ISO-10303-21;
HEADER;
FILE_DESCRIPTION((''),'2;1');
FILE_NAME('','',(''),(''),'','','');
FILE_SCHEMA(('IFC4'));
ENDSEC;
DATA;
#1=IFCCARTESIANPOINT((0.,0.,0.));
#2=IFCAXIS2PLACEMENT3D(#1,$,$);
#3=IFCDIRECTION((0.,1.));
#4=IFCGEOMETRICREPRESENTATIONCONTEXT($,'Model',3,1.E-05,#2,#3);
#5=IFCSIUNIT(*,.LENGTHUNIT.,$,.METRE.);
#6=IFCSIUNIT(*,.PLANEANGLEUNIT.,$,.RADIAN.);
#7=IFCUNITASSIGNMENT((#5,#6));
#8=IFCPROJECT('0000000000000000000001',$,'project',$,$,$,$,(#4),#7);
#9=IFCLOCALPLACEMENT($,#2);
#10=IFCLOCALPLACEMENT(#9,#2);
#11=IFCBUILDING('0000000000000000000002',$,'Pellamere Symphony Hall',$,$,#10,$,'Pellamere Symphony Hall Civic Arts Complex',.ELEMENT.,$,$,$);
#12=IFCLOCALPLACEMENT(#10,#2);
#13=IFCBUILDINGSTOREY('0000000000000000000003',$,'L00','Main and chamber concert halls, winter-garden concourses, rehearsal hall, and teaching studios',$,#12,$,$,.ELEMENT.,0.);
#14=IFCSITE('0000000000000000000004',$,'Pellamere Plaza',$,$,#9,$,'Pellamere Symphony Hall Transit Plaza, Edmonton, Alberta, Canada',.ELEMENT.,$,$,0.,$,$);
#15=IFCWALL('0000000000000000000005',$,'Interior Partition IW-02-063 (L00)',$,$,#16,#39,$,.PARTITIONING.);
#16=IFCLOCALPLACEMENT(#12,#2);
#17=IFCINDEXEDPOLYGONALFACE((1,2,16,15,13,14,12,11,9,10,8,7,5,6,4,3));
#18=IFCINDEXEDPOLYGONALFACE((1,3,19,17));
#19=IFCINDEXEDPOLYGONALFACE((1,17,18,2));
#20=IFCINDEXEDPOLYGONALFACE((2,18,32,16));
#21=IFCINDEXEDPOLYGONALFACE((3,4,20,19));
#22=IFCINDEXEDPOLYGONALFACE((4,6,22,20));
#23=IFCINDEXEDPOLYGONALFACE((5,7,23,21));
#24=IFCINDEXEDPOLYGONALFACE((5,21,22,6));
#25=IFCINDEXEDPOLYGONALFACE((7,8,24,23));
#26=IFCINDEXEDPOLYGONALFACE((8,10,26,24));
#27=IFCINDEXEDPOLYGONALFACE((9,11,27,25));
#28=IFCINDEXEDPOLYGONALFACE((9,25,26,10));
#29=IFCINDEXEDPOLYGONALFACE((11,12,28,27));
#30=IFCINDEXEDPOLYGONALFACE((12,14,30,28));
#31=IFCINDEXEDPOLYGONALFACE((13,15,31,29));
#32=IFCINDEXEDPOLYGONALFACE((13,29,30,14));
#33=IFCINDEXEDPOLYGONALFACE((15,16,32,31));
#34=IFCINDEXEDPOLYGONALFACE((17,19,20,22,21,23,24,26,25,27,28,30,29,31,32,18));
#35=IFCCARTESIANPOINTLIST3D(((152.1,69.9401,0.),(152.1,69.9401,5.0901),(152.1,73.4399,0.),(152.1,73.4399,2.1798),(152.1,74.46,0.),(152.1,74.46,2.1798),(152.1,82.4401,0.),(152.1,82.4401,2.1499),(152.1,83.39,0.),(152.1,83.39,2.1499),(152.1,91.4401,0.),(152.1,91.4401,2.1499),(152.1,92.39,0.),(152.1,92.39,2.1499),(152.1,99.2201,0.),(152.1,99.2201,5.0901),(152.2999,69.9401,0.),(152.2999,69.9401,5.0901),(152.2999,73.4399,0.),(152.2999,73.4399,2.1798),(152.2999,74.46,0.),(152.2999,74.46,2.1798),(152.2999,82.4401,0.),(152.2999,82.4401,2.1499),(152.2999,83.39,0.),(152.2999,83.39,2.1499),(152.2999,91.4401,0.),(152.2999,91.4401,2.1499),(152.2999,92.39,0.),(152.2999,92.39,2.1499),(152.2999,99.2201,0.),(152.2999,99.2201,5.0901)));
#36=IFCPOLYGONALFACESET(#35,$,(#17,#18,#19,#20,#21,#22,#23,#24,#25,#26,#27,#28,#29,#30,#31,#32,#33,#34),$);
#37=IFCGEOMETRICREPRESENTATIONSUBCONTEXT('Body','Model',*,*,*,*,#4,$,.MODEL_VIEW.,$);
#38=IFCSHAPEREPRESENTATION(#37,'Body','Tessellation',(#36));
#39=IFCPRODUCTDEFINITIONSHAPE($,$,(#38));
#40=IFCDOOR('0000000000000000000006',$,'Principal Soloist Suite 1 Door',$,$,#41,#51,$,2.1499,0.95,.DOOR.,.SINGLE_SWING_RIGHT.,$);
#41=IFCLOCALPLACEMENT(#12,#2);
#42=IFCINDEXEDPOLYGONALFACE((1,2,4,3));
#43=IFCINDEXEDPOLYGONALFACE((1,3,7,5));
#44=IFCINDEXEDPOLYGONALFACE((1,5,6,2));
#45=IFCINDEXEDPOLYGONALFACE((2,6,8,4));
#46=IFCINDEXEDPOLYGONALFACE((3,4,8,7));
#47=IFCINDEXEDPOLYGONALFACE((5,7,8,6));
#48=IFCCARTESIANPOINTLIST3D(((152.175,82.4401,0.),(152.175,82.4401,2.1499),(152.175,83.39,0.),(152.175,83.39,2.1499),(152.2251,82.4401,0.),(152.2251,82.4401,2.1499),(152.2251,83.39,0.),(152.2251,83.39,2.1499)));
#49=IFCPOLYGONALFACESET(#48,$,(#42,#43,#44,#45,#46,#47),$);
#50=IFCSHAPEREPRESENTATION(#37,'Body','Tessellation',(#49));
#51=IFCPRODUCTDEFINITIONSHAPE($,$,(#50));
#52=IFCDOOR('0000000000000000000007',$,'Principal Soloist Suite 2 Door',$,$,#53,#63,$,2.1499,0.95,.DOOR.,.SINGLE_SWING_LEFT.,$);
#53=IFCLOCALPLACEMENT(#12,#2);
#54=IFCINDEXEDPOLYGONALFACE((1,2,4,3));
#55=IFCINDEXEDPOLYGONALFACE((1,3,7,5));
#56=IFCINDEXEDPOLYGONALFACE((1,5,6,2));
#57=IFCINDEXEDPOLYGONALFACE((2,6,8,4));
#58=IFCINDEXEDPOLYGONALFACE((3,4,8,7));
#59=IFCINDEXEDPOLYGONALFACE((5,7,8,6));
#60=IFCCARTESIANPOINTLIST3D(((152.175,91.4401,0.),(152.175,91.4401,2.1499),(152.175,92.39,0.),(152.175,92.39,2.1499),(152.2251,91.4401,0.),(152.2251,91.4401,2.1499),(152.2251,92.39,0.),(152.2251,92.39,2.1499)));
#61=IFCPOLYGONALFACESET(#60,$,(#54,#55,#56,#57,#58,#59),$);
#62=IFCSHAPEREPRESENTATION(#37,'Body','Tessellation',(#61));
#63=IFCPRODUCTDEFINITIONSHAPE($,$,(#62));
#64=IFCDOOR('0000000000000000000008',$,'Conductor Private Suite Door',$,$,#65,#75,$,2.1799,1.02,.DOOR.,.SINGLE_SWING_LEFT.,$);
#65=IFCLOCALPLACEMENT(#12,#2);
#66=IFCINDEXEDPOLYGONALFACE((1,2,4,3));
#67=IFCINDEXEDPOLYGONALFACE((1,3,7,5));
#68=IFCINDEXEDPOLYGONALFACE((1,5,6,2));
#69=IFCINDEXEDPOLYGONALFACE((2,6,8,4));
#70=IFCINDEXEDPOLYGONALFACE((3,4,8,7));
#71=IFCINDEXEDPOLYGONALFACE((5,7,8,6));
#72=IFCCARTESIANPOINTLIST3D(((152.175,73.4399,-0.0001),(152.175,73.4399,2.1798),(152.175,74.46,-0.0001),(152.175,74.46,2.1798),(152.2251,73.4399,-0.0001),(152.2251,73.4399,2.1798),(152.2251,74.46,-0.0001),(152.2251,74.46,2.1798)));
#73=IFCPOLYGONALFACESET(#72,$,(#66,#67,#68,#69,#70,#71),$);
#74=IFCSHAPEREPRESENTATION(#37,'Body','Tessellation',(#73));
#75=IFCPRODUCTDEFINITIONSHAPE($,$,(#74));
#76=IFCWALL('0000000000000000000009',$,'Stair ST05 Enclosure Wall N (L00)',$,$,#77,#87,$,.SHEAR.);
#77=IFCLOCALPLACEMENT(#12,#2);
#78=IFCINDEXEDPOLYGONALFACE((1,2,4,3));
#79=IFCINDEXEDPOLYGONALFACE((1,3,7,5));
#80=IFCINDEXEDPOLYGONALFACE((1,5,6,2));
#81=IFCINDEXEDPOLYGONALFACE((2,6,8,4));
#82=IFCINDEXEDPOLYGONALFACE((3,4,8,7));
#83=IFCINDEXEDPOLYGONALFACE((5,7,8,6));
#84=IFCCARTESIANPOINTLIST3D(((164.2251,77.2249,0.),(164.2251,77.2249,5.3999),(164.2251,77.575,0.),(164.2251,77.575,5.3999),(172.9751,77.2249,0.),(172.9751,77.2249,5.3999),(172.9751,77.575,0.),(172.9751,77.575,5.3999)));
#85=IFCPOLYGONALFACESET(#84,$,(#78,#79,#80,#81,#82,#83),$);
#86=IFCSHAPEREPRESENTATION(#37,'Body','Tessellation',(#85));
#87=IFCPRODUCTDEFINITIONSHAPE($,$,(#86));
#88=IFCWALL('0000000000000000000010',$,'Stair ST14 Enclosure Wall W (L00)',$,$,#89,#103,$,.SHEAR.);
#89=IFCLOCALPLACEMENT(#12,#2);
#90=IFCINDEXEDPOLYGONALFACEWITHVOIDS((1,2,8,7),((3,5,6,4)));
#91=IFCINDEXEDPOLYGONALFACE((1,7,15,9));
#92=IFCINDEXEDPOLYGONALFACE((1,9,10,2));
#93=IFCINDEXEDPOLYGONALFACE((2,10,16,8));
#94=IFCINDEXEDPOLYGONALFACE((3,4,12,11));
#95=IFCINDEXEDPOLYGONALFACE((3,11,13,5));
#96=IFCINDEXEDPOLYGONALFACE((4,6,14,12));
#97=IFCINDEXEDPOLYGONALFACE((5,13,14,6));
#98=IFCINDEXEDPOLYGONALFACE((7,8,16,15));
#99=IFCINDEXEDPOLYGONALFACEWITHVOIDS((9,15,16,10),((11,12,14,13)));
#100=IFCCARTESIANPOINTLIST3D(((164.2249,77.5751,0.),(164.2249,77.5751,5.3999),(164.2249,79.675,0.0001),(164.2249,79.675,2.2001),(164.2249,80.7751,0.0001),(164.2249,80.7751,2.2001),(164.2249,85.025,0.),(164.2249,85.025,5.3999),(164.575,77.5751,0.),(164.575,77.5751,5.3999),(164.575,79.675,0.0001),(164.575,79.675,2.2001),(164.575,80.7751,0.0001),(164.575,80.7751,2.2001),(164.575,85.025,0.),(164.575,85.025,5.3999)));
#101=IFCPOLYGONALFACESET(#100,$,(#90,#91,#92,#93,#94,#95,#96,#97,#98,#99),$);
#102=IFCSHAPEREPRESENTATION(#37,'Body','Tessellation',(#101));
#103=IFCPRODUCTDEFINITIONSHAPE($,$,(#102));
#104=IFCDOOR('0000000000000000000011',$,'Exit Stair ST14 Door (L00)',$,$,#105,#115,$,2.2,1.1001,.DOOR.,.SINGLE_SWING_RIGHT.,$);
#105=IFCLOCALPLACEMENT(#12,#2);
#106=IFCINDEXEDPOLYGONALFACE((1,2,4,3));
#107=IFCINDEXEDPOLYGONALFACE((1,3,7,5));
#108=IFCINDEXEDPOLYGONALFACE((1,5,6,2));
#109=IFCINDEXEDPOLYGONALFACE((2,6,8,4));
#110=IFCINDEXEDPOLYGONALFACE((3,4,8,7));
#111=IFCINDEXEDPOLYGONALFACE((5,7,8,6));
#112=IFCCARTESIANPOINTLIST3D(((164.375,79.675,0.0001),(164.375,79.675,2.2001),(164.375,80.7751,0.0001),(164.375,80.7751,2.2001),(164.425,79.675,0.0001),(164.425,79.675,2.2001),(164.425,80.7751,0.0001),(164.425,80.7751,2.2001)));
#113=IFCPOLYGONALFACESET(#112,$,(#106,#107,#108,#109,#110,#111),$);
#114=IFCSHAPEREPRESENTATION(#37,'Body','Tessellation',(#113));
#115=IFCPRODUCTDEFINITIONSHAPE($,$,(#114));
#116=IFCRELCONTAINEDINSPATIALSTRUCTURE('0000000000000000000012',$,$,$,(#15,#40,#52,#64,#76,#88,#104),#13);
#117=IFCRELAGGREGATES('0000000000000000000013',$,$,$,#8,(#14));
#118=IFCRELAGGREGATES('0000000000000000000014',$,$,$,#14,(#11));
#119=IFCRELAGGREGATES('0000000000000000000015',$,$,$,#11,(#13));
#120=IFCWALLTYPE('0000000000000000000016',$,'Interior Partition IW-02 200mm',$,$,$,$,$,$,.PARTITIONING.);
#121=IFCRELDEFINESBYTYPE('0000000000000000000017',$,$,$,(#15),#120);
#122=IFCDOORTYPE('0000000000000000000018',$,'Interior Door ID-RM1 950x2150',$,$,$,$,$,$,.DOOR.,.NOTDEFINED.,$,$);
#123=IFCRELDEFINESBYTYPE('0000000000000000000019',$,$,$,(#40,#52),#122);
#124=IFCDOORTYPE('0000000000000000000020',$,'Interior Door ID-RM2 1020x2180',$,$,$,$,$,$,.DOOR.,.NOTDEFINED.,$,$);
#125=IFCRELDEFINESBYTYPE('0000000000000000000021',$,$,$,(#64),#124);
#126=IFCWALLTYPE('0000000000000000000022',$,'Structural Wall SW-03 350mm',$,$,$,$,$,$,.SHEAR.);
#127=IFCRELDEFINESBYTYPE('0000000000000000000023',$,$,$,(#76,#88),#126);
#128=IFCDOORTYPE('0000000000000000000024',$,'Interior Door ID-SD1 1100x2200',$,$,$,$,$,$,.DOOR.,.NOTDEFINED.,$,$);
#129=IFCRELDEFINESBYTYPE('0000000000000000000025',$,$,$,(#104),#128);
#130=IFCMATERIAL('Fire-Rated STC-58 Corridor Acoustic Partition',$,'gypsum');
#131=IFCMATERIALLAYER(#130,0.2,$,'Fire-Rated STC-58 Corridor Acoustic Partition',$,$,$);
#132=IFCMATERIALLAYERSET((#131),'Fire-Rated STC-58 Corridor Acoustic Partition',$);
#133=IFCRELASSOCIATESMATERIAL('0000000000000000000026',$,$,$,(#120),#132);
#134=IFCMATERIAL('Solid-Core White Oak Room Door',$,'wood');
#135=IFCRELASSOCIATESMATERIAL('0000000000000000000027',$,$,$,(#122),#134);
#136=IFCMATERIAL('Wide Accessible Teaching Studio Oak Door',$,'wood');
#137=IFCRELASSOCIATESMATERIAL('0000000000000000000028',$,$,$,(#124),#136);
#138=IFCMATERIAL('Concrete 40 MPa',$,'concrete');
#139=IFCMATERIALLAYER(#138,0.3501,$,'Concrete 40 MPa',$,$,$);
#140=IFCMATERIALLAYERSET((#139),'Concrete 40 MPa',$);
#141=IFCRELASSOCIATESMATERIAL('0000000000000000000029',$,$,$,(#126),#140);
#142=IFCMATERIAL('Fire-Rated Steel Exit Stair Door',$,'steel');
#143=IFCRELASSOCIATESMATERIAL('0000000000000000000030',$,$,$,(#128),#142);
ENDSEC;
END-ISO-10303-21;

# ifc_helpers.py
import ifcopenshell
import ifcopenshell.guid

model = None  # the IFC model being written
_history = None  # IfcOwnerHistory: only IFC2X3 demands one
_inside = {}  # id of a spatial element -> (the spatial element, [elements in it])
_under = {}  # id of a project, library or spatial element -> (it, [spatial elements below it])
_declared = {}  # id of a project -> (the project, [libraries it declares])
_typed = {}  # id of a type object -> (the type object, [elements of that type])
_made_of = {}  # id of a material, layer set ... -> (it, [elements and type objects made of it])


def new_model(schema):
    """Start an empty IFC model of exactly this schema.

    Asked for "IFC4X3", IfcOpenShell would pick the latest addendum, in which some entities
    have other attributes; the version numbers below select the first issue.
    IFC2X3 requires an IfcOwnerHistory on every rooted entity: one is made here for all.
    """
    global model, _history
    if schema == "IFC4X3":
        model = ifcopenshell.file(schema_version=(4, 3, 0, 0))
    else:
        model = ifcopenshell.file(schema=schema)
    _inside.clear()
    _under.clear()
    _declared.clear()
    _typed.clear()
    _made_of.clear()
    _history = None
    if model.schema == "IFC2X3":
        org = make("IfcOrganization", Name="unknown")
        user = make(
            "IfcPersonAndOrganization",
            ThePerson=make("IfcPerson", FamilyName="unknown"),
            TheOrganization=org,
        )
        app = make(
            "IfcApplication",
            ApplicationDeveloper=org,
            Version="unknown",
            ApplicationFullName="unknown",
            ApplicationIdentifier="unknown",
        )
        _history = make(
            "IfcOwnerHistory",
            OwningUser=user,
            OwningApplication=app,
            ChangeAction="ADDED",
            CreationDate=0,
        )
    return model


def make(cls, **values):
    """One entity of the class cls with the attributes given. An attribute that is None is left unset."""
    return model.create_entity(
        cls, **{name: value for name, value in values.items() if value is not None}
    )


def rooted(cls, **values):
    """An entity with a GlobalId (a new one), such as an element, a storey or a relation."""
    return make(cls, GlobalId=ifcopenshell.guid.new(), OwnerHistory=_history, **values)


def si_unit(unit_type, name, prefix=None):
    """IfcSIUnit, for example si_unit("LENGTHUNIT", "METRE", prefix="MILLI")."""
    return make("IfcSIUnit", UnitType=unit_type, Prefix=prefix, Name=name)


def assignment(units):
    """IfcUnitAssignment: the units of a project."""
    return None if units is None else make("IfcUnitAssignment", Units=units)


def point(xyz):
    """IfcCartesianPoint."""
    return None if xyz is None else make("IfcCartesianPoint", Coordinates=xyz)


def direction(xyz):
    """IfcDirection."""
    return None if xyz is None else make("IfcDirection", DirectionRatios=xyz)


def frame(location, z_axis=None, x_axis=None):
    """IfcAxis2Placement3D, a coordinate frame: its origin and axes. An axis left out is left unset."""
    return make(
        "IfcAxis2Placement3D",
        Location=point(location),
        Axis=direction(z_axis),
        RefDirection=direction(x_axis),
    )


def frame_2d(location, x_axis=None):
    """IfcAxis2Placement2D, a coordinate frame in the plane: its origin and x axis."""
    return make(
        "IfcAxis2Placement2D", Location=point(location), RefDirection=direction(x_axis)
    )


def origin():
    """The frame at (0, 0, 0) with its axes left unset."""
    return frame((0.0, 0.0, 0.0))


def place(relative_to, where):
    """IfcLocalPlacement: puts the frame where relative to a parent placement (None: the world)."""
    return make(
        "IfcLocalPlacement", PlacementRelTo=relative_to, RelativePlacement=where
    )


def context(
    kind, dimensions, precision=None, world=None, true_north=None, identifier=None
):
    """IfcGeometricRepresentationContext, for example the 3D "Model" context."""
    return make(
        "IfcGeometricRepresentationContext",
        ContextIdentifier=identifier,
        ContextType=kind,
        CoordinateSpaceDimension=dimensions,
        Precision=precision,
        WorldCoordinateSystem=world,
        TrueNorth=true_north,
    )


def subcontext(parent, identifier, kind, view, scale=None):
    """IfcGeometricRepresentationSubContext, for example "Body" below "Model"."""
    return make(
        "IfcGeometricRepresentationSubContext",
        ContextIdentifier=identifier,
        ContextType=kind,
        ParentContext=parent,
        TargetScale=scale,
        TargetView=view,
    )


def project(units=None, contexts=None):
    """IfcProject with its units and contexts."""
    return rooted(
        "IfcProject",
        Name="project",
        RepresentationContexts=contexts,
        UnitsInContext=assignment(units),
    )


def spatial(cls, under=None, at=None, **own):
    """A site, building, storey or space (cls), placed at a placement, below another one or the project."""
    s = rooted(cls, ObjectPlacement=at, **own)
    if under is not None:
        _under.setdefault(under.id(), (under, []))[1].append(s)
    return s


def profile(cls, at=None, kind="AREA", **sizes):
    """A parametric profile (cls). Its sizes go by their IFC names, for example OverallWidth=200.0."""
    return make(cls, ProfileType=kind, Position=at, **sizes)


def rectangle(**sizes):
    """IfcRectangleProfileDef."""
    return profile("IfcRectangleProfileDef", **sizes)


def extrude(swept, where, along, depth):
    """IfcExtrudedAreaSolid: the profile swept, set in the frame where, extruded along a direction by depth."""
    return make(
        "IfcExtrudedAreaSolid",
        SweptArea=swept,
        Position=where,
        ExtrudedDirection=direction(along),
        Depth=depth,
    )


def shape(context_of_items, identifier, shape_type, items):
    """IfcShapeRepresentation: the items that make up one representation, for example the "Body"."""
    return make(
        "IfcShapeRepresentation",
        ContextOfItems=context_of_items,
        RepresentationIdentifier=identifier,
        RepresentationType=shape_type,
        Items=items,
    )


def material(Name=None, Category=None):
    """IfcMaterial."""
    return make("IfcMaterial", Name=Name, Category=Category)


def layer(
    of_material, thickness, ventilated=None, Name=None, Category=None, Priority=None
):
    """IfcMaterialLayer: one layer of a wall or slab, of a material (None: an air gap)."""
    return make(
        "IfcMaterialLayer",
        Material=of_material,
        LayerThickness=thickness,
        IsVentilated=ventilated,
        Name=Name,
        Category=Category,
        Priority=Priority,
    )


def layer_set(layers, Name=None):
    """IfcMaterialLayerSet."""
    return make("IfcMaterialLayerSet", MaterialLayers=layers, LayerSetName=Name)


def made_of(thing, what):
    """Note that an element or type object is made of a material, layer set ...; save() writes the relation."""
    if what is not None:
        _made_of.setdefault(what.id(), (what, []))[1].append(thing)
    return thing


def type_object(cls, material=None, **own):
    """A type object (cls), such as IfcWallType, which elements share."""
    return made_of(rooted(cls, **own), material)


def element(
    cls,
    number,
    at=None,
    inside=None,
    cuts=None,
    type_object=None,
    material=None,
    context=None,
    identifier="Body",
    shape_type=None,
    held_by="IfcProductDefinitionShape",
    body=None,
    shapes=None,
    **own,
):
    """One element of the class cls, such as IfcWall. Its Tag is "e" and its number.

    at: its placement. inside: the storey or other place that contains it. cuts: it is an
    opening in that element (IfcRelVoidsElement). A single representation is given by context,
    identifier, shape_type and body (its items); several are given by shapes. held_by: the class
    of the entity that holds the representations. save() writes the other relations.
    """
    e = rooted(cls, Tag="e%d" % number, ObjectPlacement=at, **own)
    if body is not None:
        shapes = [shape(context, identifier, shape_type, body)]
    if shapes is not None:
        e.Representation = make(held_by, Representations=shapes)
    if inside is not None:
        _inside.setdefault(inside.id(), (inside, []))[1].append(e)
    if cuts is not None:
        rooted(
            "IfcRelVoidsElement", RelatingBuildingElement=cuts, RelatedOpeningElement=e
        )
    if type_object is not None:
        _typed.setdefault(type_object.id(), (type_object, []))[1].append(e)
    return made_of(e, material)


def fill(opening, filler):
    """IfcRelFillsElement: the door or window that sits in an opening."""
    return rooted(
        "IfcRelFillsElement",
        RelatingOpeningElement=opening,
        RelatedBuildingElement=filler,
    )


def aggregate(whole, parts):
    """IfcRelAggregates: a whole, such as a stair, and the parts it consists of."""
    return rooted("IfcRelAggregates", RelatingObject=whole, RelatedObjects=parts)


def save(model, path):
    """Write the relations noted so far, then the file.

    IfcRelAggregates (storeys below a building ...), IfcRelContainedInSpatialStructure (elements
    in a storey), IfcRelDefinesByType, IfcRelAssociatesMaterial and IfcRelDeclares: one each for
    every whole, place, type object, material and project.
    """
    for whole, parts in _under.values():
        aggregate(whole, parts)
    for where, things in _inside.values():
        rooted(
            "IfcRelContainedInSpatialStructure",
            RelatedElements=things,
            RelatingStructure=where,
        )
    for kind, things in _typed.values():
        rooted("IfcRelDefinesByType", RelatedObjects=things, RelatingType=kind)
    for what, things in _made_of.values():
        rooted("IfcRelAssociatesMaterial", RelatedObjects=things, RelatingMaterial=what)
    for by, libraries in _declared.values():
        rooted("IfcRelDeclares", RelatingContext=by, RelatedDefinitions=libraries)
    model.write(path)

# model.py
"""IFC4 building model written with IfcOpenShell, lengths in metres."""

from ifc_helpers import new_model, si_unit, direction, frame, frame_2d, origin, place, context, subcontext, project, spatial, rectangle, extrude, material, layer, layer_set, type_object, element, fill, save


model = new_model("IFC4")

# Units and contexts
model_context = context("Model", 3, precision=1e-05, world=origin(), true_north=direction((0.0, 1.0)))
body_context = subcontext(model_context, "Body", "Model", "MODEL_VIEW")
ifc_project = project(units=[si_unit("LENGTHUNIT", "METRE"), si_unit("PLANEANGLEUNIT", "RADIAN")], contexts=[model_context])

# Site, building, storey
site_placement = place(None, origin())
site = spatial("IfcSite", under=ifc_project, at=site_placement, Name="Pellamere Plaza", LongName="Pellamere Symphony Hall Transit Plaza, Edmonton, Alberta, Canada", CompositionType="ELEMENT", RefElevation=0.0)
building_placement = place(site_placement, origin())
building = spatial("IfcBuilding", under=site, at=building_placement, Name="Pellamere Symphony Hall", LongName="Pellamere Symphony Hall Civic Arts Complex", CompositionType="ELEMENT")
storey_placement = place(building_placement, origin())
storey = spatial("IfcBuildingStorey", under=building, at=storey_placement, Name="L00", Description="Main and chamber concert halls, winter-garden concourses, rehearsal hall, and teaching studios", CompositionType="ELEMENT", Elevation=0.0)

# Shared definitions
ifc_material_1 = material(Name="Concrete 40 MPa", Category="concrete")

# Wall, openings, doors
ifc_material_2 = material(Name="Fire-Rated STC-58 Corridor Acoustic Partition", Category="gypsum")
ifc_layer_1 = layer(ifc_material_2, 0.2, Name="Fire-Rated STC-58 Corridor Acoustic Partition")
ifc_layer_set_1 = layer_set([ifc_layer_1], Name="Fire-Rated STC-58 Corridor Acoustic Partition")
wall_type_1 = type_object("IfcWallType", Name="Interior Partition IW-02 200mm", PredefinedType="PARTITIONING", material=ifc_layer_set_1)
wall_1_placement = place(storey_placement, frame((152.2, 69.9399, 0.0), z_axis=(0.0, 0.0, 1.0), x_axis=(0.0, 1.0, 0.0)))
wall_1 = element("IfcWall", 1, at=wall_1_placement, inside=storey, type_object=wall_type_1, Name="Interior Partition IW-02-063 (L00)", PredefinedType="PARTITIONING", context=body_context, shape_type="SweptSolid", body=[
    extrude(rectangle(XDim=29.28, YDim=0.2, at=frame_2d((14.6401, 0.0))), origin(), (0.0, 0.0, 1.0), 5.0901),
])
opening_1_placement = place(wall_1_placement, frame((3.5, 0.0, 0.0)))
opening_1 = element("IfcOpeningElement", 2, at=opening_1_placement, cuts=wall_1, PredefinedType="OPENING", context=body_context, shape_type="SweptSolid", body=[
    extrude(rectangle(XDim=1.02, YDim=2.1799, at=frame_2d((0.51, 1.0898))), frame((0.0, 0.1099, 0.0), z_axis=(0.0, -1.0, 0.0), x_axis=(1.0, 0.0, 0.0)), (0.0, 0.0, 1.0), 0.22),
])
opening_2_placement = place(wall_1_placement, frame((12.5, 0.0, 0.0)))
opening_2 = element("IfcOpeningElement", 3, at=opening_2_placement, cuts=wall_1, PredefinedType="OPENING", context=body_context, shape_type="SweptSolid", body=[
    extrude(rectangle(XDim=0.95, YDim=2.1499, at=frame_2d((0.4751, 1.075))), frame((0.0, 0.1099, 0.0), z_axis=(0.0, -1.0, 0.0), x_axis=(1.0, 0.0, 0.0)), (0.0, 0.0, 1.0), 0.22),
])
opening_3_placement = place(wall_1_placement, frame((21.5, 0.0, 0.0)))
opening_3 = element("IfcOpeningElement", 4, at=opening_3_placement, cuts=wall_1, PredefinedType="OPENING", context=body_context, shape_type="SweptSolid", body=[
    extrude(rectangle(XDim=0.95, YDim=2.1499, at=frame_2d((0.4751, 1.075))), frame((0.0, 0.1099, 0.0), z_axis=(0.0, -1.0, 0.0), x_axis=(1.0, 0.0, 0.0)), (0.0, 0.0, 1.0), 0.22),
])
ifc_material_3 = material(Name="Solid-Core White Oak Room Door", Category="wood")
door_type_1 = type_object("IfcDoorType", Name="Interior Door ID-RM1 950x2150", OperationType="NOTDEFINED", PredefinedType="DOOR", material=ifc_material_3)
door_1_placement = place(opening_2_placement, origin())
door_1 = element("IfcDoor", 5, at=door_1_placement, inside=storey, type_object=door_type_1, Name="Principal Soloist Suite 1 Door", OperationType="SINGLE_SWING_RIGHT", OverallHeight=2.1499, OverallWidth=0.95, PredefinedType="DOOR", context=body_context, shape_type="SweptSolid", body=[
    extrude(rectangle(XDim=0.95, YDim=2.1499, at=frame_2d((0.4751, 1.075))), frame((0.0, 0.0249, 0.0), z_axis=(0.0, -1.0, 0.0), x_axis=(1.0, 0.0, 0.0)), (0.0, 0.0, 1.0), 0.05),
])
fill(opening_2, door_1)
door_2_placement = place(opening_3_placement, origin())
door_2 = element("IfcDoor", 6, at=door_2_placement, inside=storey, type_object=door_type_1, Name="Principal Soloist Suite 2 Door", OperationType="SINGLE_SWING_LEFT", OverallHeight=2.1499, OverallWidth=0.95, PredefinedType="DOOR", context=body_context, shape_type="SweptSolid", body=[
    extrude(rectangle(XDim=0.95, YDim=2.1499, at=frame_2d((0.4751, 1.075))), frame((0.0, 0.0249, 0.0), z_axis=(0.0, -1.0, 0.0), x_axis=(1.0, 0.0, 0.0)), (0.0, 0.0, 1.0), 0.05),
])
fill(opening_3, door_2)
ifc_material_4 = material(Name="Wide Accessible Teaching Studio Oak Door", Category="wood")
door_type_2 = type_object("IfcDoorType", Name="Interior Door ID-RM2 1020x2180", OperationType="NOTDEFINED", PredefinedType="DOOR", material=ifc_material_4)
door_3_placement = place(opening_1_placement, origin())
door_3 = element("IfcDoor", 7, at=door_3_placement, inside=storey, type_object=door_type_2, Name="Conductor Private Suite Door", OperationType="SINGLE_SWING_LEFT", OverallHeight=2.1799, OverallWidth=1.02, PredefinedType="DOOR", context=body_context, shape_type="SweptSolid", body=[
    extrude(rectangle(XDim=1.02, YDim=2.1799, at=frame_2d((0.51, 1.0898))), frame((0.0, 0.0249, 0.0), z_axis=(0.0, -1.0, 0.0), x_axis=(1.0, 0.0, 0.0)), (0.0, 0.0, 1.0), 0.05),
])
fill(opening_1, door_3)

# Wall
ifc_layer_2 = layer(ifc_material_1, 0.3501, Name="Concrete 40 MPa")
ifc_layer_set_2 = layer_set([ifc_layer_2], Name="Concrete 40 MPa")
wall_type_2 = type_object("IfcWallType", Name="Structural Wall SW-03 350mm", PredefinedType="SHEAR", material=ifc_layer_set_2)
wall_2_placement = place(storey_placement, frame((164.2251, 77.3999, 0.0), z_axis=(0.0, 0.0, 1.0), x_axis=(1.0, 0.0, 0.0)))
element("IfcWall", 8, at=wall_2_placement, inside=storey, type_object=wall_type_2, Name="Stair ST05 Enclosure Wall N (L00)", PredefinedType="SHEAR", context=body_context, shape_type="SweptSolid", body=[
    extrude(rectangle(XDim=8.75, YDim=0.3501, at=frame_2d((4.375, 0.0))), origin(), (0.0, 0.0, 1.0), 5.3999),
])

# Wall, opening, door
wall_3_placement = place(storey_placement, frame((164.3999, 77.575, 0.0), z_axis=(0.0, 0.0, 1.0), x_axis=(0.0, 1.0, 0.0)))
wall_3 = element("IfcWall", 9, at=wall_3_placement, inside=storey, type_object=wall_type_2, Name="Stair ST14 Enclosure Wall W (L00)", PredefinedType="SHEAR", context=body_context, shape_type="SweptSolid", body=[
    extrude(rectangle(XDim=7.45, YDim=0.3501, at=frame_2d((3.7251, 0.0))), origin(), (0.0, 0.0, 1.0), 5.3999),
])
opening_4_placement = place(wall_3_placement, frame((2.1001, 0.0, 0.0)))
opening_4 = element("IfcOpeningElement", 10, at=opening_4_placement, cuts=wall_3, PredefinedType="OPENING", context=body_context, shape_type="SweptSolid", body=[
    extrude(rectangle(XDim=1.1001, YDim=2.2, at=frame_2d((0.55, 1.1001))), frame((0.0, 0.1851, 0.0), z_axis=(0.0, -1.0, 0.0), x_axis=(1.0, 0.0, 0.0)), (0.0, 0.0, 1.0), 0.3701),
])
ifc_material_5 = material(Name="Fire-Rated Steel Exit Stair Door", Category="steel")
door_type_3 = type_object("IfcDoorType", Name="Interior Door ID-SD1 1100x2200", OperationType="NOTDEFINED", PredefinedType="DOOR", material=ifc_material_5)
door_4_placement = place(opening_4_placement, origin())
door_4 = element("IfcDoor", 11, at=door_4_placement, inside=storey, type_object=door_type_3, Name="Exit Stair ST14 Door (L00)", OperationType="SINGLE_SWING_RIGHT", OverallHeight=2.2, OverallWidth=1.1001, PredefinedType="DOOR", context=body_context, shape_type="SweptSolid", body=[
    extrude(rectangle(XDim=1.1001, YDim=2.2, at=frame_2d((0.55, 1.1001))), frame((0.0, 0.0249, 0.0), z_axis=(0.0, -1.0, 0.0), x_axis=(1.0, 0.0, 0.0)), (0.0, 0.0, 1.0), 0.05),
])
fill(opening_4, door_4)

save(model, "model.ifc")
